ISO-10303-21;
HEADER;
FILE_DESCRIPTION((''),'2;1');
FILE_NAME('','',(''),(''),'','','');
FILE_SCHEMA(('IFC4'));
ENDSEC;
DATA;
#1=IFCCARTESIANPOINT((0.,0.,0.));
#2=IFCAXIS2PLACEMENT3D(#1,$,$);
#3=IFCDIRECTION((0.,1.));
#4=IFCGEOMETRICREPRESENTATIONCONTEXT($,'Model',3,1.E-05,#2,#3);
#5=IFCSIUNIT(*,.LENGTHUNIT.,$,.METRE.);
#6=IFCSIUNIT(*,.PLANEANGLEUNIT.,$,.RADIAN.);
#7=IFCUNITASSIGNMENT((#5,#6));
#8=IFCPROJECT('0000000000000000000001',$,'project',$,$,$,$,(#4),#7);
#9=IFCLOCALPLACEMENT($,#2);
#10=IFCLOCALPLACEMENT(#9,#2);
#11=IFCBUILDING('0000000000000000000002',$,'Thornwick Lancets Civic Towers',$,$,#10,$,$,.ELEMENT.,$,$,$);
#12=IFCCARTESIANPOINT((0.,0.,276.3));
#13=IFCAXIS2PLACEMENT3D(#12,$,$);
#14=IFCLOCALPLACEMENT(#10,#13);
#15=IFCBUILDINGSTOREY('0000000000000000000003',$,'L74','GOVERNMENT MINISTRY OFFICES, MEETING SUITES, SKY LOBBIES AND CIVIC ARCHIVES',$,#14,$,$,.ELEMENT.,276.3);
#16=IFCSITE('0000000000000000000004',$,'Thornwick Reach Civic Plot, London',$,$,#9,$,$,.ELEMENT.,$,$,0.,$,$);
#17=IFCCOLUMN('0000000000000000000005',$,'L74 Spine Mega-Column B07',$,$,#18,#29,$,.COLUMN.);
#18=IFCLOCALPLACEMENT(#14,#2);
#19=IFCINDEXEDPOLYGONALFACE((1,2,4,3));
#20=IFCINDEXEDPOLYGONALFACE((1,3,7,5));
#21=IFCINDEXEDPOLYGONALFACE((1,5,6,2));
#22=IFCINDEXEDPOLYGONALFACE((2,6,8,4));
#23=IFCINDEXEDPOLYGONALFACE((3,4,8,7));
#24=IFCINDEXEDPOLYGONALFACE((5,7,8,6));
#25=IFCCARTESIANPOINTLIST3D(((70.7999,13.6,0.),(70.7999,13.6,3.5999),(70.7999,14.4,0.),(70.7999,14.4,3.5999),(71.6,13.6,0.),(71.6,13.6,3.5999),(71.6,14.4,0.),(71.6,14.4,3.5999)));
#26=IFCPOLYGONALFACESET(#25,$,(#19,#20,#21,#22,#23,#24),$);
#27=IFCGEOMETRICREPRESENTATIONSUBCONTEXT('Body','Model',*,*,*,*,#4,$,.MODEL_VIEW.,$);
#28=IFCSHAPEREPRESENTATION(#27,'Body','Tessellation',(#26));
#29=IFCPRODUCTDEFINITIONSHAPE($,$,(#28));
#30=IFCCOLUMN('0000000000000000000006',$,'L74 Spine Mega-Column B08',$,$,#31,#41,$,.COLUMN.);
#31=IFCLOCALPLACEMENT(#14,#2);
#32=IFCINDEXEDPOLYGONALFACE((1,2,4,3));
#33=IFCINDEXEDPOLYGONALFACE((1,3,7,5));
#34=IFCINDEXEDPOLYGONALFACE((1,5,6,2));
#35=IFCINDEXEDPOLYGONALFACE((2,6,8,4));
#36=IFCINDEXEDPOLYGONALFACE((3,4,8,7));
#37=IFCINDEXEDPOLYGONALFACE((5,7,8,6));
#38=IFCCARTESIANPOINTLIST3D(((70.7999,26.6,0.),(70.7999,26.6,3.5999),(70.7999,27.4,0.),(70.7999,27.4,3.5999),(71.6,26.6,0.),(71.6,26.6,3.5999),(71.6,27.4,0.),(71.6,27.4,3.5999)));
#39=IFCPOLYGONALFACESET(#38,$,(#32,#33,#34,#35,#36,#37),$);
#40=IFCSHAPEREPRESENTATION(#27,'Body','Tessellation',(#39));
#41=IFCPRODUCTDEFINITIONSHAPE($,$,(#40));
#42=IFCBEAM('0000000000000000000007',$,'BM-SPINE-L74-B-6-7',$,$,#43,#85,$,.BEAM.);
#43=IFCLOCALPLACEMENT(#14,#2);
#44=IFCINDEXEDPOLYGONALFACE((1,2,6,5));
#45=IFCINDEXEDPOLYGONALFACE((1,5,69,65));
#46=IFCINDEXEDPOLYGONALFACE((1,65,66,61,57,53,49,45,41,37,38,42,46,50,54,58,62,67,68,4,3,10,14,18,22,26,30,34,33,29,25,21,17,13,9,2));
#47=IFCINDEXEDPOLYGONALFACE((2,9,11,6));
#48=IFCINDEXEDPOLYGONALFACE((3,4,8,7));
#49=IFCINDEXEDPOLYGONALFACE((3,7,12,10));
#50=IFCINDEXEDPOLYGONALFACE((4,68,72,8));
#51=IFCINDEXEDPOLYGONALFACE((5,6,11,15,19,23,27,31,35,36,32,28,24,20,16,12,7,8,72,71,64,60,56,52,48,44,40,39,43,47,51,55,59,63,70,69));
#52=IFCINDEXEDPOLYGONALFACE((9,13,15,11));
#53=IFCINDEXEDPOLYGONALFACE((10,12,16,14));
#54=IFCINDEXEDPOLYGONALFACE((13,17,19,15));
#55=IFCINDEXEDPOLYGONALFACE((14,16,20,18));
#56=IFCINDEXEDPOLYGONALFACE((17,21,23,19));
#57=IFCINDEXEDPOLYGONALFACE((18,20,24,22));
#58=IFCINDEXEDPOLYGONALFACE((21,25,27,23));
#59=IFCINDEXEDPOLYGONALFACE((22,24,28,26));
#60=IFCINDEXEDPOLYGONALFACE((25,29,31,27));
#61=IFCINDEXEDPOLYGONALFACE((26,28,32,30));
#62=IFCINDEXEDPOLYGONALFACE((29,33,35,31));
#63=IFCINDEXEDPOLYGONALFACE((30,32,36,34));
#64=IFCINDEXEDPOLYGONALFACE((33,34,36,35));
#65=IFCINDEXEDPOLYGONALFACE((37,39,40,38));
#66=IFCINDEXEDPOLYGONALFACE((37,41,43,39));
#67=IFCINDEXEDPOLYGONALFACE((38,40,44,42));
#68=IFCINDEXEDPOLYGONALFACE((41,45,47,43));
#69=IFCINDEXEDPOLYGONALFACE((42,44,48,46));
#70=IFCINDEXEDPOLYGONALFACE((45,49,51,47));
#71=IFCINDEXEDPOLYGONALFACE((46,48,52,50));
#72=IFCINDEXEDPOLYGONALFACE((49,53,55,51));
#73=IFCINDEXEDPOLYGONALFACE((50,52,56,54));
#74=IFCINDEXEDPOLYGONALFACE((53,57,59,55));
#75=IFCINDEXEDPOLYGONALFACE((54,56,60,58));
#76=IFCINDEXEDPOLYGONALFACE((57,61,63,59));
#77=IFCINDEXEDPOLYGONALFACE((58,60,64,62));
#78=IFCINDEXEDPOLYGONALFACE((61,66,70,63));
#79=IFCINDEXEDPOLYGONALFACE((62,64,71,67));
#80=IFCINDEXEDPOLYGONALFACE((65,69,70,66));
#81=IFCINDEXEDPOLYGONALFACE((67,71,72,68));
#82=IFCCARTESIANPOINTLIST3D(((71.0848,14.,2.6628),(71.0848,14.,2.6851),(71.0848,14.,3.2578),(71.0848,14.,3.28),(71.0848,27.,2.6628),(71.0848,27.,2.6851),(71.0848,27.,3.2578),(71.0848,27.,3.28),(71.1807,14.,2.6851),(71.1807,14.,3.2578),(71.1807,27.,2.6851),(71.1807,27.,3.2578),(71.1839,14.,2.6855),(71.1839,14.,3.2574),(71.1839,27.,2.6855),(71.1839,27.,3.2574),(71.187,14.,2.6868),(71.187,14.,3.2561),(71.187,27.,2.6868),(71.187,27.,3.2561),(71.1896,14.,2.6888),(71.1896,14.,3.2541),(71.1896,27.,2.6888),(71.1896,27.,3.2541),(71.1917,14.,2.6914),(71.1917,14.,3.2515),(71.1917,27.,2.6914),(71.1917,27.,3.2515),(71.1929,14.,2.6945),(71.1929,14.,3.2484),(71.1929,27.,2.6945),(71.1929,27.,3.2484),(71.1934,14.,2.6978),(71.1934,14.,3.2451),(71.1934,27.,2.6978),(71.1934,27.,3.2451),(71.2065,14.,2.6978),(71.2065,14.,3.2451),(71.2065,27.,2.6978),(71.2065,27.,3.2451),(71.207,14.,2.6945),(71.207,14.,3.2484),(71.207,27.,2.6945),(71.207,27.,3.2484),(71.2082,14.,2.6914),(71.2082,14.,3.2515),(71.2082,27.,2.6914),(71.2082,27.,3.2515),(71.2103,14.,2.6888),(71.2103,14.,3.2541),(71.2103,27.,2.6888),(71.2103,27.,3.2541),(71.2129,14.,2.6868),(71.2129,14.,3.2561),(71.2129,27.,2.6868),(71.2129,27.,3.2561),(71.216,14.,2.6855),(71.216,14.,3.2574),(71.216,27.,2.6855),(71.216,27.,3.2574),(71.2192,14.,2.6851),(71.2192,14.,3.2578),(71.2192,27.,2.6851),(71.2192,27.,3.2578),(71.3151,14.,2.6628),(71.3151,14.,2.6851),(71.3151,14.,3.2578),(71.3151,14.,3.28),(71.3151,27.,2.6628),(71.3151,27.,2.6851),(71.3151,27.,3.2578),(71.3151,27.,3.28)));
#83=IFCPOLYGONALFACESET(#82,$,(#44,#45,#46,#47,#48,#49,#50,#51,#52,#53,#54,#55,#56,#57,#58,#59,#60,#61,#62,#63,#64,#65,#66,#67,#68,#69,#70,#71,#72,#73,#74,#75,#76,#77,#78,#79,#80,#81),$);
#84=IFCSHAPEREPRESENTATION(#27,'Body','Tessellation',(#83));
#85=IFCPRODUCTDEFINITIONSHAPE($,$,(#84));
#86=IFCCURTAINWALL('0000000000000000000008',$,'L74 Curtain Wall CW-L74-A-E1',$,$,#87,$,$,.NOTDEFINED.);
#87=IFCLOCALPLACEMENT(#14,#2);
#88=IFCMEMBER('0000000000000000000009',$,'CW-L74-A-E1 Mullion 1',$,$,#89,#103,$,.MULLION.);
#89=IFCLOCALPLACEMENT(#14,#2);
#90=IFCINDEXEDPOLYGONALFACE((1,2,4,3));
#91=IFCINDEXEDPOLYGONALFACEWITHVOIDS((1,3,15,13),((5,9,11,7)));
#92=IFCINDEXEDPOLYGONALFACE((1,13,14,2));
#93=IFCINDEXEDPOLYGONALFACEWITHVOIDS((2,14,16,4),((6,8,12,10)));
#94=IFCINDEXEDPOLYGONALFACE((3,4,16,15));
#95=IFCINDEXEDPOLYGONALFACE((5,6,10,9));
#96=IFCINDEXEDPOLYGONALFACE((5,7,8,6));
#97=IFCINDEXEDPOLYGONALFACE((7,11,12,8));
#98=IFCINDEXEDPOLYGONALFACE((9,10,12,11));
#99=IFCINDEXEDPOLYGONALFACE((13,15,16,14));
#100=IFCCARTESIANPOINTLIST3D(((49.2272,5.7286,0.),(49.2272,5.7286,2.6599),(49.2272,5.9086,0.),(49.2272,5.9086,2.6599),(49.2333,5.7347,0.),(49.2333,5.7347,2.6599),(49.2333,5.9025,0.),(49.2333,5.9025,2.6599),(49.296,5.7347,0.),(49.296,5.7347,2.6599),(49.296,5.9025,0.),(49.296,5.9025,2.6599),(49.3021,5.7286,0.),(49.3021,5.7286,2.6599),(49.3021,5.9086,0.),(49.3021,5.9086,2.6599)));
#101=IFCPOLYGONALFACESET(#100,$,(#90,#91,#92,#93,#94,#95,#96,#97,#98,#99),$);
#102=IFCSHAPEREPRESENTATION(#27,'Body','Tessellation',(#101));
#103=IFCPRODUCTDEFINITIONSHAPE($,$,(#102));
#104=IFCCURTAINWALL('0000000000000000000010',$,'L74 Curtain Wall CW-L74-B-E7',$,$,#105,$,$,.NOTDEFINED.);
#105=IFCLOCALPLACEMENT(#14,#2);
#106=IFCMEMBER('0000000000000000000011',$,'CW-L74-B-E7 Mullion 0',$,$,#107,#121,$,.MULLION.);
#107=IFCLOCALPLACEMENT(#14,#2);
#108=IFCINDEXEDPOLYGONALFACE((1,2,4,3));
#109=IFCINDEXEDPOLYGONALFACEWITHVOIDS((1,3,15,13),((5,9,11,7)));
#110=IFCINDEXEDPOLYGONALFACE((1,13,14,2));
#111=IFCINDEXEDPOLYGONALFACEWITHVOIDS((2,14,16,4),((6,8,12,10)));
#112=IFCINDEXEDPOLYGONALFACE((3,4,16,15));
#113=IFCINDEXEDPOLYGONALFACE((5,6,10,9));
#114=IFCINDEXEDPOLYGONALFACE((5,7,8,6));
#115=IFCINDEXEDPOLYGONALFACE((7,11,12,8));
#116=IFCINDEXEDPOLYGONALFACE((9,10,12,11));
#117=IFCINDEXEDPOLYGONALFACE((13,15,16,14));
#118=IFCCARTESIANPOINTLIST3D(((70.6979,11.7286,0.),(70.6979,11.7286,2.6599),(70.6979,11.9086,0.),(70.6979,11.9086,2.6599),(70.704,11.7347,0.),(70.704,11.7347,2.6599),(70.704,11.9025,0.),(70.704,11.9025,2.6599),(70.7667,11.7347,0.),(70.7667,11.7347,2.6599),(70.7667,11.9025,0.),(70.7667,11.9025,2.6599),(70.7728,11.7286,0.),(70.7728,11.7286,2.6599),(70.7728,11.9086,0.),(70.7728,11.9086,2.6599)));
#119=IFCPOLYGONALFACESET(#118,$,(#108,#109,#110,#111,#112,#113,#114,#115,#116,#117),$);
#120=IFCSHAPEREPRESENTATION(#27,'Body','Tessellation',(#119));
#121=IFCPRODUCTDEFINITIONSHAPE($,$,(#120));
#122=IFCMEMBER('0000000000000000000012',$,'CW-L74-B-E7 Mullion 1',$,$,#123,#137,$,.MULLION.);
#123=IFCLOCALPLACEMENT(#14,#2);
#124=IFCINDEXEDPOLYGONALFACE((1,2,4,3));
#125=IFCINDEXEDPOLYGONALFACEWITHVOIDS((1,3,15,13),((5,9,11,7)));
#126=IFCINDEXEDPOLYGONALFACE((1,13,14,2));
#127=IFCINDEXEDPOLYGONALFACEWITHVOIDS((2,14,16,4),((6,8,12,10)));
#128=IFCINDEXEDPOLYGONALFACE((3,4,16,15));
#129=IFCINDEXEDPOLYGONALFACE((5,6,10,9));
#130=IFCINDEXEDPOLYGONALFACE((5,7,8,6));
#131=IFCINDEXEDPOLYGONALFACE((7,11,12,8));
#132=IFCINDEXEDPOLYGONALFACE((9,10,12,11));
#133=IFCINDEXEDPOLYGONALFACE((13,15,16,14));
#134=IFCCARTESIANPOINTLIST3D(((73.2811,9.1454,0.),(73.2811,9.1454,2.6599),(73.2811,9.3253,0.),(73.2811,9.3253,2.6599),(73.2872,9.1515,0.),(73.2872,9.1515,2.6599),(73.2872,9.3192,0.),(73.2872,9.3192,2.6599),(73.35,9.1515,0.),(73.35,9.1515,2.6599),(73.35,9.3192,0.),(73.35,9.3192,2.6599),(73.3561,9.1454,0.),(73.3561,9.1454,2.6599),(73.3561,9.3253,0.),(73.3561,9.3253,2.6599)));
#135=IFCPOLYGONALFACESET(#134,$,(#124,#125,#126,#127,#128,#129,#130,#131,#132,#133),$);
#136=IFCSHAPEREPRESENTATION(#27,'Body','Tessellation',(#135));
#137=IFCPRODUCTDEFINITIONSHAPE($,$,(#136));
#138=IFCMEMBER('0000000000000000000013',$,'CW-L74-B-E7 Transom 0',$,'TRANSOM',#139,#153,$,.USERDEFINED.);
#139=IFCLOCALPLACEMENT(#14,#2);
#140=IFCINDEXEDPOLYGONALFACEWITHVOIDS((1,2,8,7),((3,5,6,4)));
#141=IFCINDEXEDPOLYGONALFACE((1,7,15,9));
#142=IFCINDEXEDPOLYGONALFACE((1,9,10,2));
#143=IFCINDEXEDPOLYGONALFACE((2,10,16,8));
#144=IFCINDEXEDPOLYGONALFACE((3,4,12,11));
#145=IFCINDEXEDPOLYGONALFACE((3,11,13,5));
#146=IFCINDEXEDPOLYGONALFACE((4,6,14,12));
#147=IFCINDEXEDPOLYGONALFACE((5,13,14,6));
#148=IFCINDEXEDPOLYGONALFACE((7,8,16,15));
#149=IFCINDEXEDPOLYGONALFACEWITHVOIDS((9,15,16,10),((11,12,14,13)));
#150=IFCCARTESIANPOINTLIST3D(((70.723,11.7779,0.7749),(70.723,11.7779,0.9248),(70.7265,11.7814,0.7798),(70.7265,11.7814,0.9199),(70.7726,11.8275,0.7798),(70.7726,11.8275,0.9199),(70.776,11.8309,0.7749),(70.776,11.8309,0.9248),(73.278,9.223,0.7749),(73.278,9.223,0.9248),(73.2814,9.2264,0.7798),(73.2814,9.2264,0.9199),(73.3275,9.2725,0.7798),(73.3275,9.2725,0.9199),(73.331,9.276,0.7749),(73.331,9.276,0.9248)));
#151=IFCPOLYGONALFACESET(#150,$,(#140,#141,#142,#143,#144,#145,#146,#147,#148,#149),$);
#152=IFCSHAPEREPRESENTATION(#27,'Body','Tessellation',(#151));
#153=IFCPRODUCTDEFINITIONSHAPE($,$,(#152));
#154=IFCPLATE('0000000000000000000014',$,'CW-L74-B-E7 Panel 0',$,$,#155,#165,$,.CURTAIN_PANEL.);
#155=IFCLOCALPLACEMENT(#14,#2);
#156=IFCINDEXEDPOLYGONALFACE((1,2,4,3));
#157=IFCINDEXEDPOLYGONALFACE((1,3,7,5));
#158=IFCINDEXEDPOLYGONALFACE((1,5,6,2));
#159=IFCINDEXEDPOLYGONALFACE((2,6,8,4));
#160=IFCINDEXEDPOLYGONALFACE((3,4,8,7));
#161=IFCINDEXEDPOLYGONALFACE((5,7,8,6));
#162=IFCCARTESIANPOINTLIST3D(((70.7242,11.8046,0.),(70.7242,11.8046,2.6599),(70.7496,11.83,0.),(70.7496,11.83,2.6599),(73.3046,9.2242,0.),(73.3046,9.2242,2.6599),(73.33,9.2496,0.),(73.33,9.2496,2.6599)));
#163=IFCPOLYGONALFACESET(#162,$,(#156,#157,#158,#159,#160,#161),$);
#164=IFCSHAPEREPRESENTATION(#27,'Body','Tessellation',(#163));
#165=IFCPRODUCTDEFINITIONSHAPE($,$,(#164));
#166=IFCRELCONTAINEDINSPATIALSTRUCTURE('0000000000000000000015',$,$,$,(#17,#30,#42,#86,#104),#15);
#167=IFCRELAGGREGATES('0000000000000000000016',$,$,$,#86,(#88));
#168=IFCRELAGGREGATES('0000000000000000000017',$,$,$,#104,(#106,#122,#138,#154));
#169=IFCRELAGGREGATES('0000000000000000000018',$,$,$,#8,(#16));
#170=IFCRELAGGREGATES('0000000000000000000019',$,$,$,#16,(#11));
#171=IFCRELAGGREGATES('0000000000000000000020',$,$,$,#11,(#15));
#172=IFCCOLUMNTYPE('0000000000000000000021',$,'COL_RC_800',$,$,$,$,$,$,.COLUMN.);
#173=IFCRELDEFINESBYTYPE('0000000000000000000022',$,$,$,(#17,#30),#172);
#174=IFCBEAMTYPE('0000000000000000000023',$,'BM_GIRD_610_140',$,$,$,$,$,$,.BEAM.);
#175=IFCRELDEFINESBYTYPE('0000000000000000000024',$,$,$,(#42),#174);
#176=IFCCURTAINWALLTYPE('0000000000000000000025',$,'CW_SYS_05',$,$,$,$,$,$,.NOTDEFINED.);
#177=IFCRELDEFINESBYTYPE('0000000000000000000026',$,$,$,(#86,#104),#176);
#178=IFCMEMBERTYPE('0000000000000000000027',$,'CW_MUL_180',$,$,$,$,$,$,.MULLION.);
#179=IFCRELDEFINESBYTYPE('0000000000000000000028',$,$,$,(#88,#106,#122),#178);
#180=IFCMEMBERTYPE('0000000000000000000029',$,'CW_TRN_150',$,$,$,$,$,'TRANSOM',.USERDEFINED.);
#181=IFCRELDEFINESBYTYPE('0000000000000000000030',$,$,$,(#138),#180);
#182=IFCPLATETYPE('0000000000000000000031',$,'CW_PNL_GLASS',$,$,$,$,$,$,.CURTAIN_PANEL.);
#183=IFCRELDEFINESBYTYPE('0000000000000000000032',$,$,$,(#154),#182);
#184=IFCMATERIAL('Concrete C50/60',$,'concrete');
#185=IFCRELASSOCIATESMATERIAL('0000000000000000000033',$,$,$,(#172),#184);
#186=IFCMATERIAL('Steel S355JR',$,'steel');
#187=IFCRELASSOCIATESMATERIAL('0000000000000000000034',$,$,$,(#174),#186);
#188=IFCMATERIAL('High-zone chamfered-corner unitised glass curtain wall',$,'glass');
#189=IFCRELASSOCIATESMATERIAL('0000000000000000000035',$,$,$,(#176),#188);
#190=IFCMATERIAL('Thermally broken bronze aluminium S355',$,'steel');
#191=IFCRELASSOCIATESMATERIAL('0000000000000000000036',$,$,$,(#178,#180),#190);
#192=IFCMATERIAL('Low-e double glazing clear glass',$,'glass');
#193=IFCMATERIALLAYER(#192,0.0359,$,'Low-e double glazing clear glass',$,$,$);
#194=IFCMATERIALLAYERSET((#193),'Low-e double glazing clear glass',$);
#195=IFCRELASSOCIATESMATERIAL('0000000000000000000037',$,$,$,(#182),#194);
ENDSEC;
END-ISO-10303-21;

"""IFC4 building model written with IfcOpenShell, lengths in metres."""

from ifc_helpers import new_model, si_unit, direction, frame, origin, origin_2d, place, context, subcontext, project, spatial, rectangle, hollow_rectangle, i_section, extrude, material, layer, layer_set, material_profile, profile_set, type_object, element, aggregate, save


model = new_model("IFC4")

# Units and contexts
model_context = context("Model", 3, precision=1e-05, world=origin(), true_north=direction((0.0, 1.0)))
body_context = subcontext(model_context, "Body", "Model", "MODEL_VIEW")
ifc_project = project(units=[si_unit("LENGTHUNIT", "METRE"), si_unit("PLANEANGLEUNIT", "RADIAN")], contexts=[model_context])

# Site, building, storey
site_placement = place(None, origin())
site = spatial("IfcSite", under=ifc_project, at=site_placement, Name="Thornwick Reach Civic Plot, London", CompositionType="ELEMENT", RefElevation=0.0)
building_placement = place(site_placement, origin())
building = spatial("IfcBuilding", under=site, at=building_placement, Name="Thornwick Lancets Civic Towers", CompositionType="ELEMENT")
storey_placement = place(building_placement, frame((0.0, 0.0, 276.3)))
storey = spatial("IfcBuildingStorey", under=building, at=storey_placement, Name="L74", Description="GOVERNMENT MINISTRY OFFICES, MEETING SUITES, SKY LOBBIES AND CIVIC ARCHIVES", CompositionType="ELEMENT", Elevation=276.3)

# Columns
ifc_material_1 = material(Name="Concrete C50/60", Category="concrete")
ifc_material_profile_1 = material_profile(ifc_material_1, rectangle(XDim=0.8, YDim=0.8, at=origin_2d()), Name="RC 800x800")
ifc_profile_set_1 = profile_set([ifc_material_profile_1], Name="Concrete C50/60")
column_type = type_object("IfcColumnType", Name="COL_RC_800", PredefinedType="COLUMN", material=ifc_profile_set_1)
for number, where, z_axis, x_axis, name in (
    (1, (71.2, 14.0, 0.0), (0.0, 0.0, 1.0), (1.0, 0.0, 0.0), "L74 Spine Mega-Column B07"),
    (2, (71.2, 27.0, 0.0), (0.0, 0.0, 1.0), (1.0, 0.0, 0.0), "L74 Spine Mega-Column B08"),
):
    element("IfcColumn", number, at=place(storey_placement, frame(where, z_axis=z_axis, x_axis=x_axis)), inside=storey, type_object=column_type, Name=name, PredefinedType="COLUMN", context=body_context, shape_type="SweptSolid", body=[
        extrude(rectangle(XDim=0.8, YDim=0.8, at=origin_2d()), origin(), (0.0, 0.0, 1.0), 3.5999),
    ])

# Beam
ifc_material_2 = material(Name="Steel S355JR", Category="steel")
ifc_material_profile_2 = material_profile(ifc_material_2, i_section(OverallWidth=0.2302, OverallDepth=0.6172, WebThickness=0.0132, FlangeThickness=0.0222, FilletRadius=0.0127, at=origin_2d()), Name="UKB 610x229x140")
ifc_profile_set_2 = profile_set([ifc_material_profile_2], Name="Steel S355JR")
beam_type = type_object("IfcBeamType", Name="BM_GIRD_610_140", PredefinedType="BEAM", material=ifc_profile_set_2)
beam_placement = place(storey_placement, frame((71.2, 14.0, 2.9714), z_axis=(0.0, 1.0, 0.0), x_axis=(-1.0, 0.0, 0.0)))
element("IfcBeam", 3, at=beam_placement, inside=storey, type_object=beam_type, Name="BM-SPINE-L74-B-6-7", PredefinedType="BEAM", context=body_context, shape_type="SweptSolid", body=[
    extrude(i_section(OverallWidth=0.2302, OverallDepth=0.6172, WebThickness=0.0132, FlangeThickness=0.0222, FilletRadius=0.0127, at=origin_2d()), origin(), (0.0, 0.0, 1.0), 13.0),
])

# Curtain wall, member
ifc_material_3 = material(Name="High-zone chamfered-corner unitised glass curtain wall", Category="glass")
curtain_wall_type = type_object("IfcCurtainWallType", Name="CW_SYS_05", PredefinedType="NOTDEFINED", material=ifc_material_3)
curtain_wall_1_placement = place(storey_placement, origin())
curtain_wall_1 = element("IfcCurtainWall", 4, at=curtain_wall_1_placement, inside=storey, type_object=curtain_wall_type, Name="L74 Curtain Wall CW-L74-A-E1", PredefinedType="NOTDEFINED")
ifc_material_4 = material(Name="Thermally broken bronze aluminium S355", Category="steel")
ifc_material_profile_3 = material_profile(ifc_material_4, hollow_rectangle(XDim=0.075, YDim=0.1799, WallThickness=0.0061, at=origin_2d()), Name="RHS 180x75x6")
ifc_profile_set_3 = profile_set([ifc_material_profile_3], Name="Thermally broken bronze aluminium S355")
member_type_1 = type_object("IfcMemberType", Name="CW_MUL_180", PredefinedType="MULLION", material=ifc_profile_set_3)
member_1_placement = place(storey_placement, frame((49.2646, 5.8186, 0.0), z_axis=(0.0, 0.0, 1.0), x_axis=(1.0, 0.0, 0.0)))
member_1 = element("IfcMember", 5, at=member_1_placement, type_object=member_type_1, Name="CW-L74-A-E1 Mullion 1", PredefinedType="MULLION", context=body_context, shape_type="SweptSolid", body=[
    extrude(hollow_rectangle(XDim=0.075, YDim=0.1799, WallThickness=0.0061, at=origin_2d()), origin(), (0.0, 0.0, 1.0), 2.6599),
])
aggregate(curtain_wall_1, [member_1])

# Curtain wall, members, plate
curtain_wall_2_placement = place(storey_placement, origin())
curtain_wall_2 = element("IfcCurtainWall", 6, at=curtain_wall_2_placement, inside=storey, type_object=curtain_wall_type, Name="L74 Curtain Wall CW-L74-B-E7", PredefinedType="NOTDEFINED")
member_2_placement = place(storey_placement, frame((70.7354, 11.8186, 0.0), z_axis=(0.0, 0.0, 1.0), x_axis=(1.0, 0.0, 0.0)))
member_2 = element("IfcMember", 7, at=member_2_placement, type_object=member_type_1, Name="CW-L74-B-E7 Mullion 0", PredefinedType="MULLION", context=body_context, shape_type="SweptSolid", body=[
    extrude(hollow_rectangle(XDim=0.075, YDim=0.1799, WallThickness=0.0061, at=origin_2d()), origin(), (0.0, 0.0, 1.0), 2.6599),
])
member_3_placement = place(storey_placement, frame((73.3186, 9.2354, 0.0), z_axis=(0.0, 0.0, 1.0), x_axis=(1.0, 0.0, 0.0)))
member_3 = element("IfcMember", 8, at=member_3_placement, type_object=member_type_1, Name="CW-L74-B-E7 Mullion 1", PredefinedType="MULLION", context=body_context, shape_type="SweptSolid", body=[
    extrude(hollow_rectangle(XDim=0.075, YDim=0.1799, WallThickness=0.0061, at=origin_2d()), origin(), (0.0, 0.0, 1.0), 2.6599),
])
ifc_material_profile_4 = material_profile(ifc_material_4, hollow_rectangle(XDim=0.075, YDim=0.1499, WallThickness=0.0049, at=origin_2d()), Name="RHS 150x75x5")
ifc_profile_set_4 = profile_set([ifc_material_profile_4], Name="Thermally broken bronze aluminium S355")
member_type_2 = type_object("IfcMemberType", Name="CW_TRN_150", ElementType="TRANSOM", PredefinedType="USERDEFINED", material=ifc_profile_set_4)
member_4_placement = place(storey_placement, frame((70.7495, 11.8044, 0.8499), z_axis=(0.707107, -0.707107, 0.0), x_axis=(0.707107, 0.707107, 0.0)))
member_4 = element("IfcMember", 9, at=member_4_placement, type_object=member_type_2, Name="CW-L74-B-E7 Transom 0", ObjectType="TRANSOM", PredefinedType="USERDEFINED", context=body_context, shape_type="SweptSolid", body=[
    extrude(hollow_rectangle(XDim=0.075, YDim=0.1499, WallThickness=0.0049, at=origin_2d()), origin(), (0.0, 0.0, 1.0), 3.6133),
])
ifc_material_5 = material(Name="Low-e double glazing clear glass", Category="glass")
ifc_layer_1 = layer(ifc_material_5, 0.0359, Name="Low-e double glazing clear glass")
ifc_layer_set_1 = layer_set([ifc_layer_1], Name="Low-e double glazing clear glass")
plate_type = type_object("IfcPlateType", Name="CW_PNL_GLASS", PredefinedType="CURTAIN_PANEL", material=ifc_layer_set_1)
plate_placement = place(storey_placement, frame((72.0271, 10.5271, 0.0), z_axis=(0.0, 0.0, 1.0), x_axis=(0.707107, -0.707107, 0.0)))
plate = element("IfcPlate", 10, at=plate_placement, type_object=plate_type, Name="CW-L74-B-E7 Panel 0", PredefinedType="CURTAIN_PANEL", context=body_context, shape_type="SweptSolid", body=[
    extrude(rectangle(XDim=3.6492, YDim=0.0359, at=origin_2d()), origin(), (0.0, 0.0, 1.0), 2.6599),
])
aggregate(curtain_wall_2, [member_2, member_3, member_4, plate])

save(model, "model.ifc")
